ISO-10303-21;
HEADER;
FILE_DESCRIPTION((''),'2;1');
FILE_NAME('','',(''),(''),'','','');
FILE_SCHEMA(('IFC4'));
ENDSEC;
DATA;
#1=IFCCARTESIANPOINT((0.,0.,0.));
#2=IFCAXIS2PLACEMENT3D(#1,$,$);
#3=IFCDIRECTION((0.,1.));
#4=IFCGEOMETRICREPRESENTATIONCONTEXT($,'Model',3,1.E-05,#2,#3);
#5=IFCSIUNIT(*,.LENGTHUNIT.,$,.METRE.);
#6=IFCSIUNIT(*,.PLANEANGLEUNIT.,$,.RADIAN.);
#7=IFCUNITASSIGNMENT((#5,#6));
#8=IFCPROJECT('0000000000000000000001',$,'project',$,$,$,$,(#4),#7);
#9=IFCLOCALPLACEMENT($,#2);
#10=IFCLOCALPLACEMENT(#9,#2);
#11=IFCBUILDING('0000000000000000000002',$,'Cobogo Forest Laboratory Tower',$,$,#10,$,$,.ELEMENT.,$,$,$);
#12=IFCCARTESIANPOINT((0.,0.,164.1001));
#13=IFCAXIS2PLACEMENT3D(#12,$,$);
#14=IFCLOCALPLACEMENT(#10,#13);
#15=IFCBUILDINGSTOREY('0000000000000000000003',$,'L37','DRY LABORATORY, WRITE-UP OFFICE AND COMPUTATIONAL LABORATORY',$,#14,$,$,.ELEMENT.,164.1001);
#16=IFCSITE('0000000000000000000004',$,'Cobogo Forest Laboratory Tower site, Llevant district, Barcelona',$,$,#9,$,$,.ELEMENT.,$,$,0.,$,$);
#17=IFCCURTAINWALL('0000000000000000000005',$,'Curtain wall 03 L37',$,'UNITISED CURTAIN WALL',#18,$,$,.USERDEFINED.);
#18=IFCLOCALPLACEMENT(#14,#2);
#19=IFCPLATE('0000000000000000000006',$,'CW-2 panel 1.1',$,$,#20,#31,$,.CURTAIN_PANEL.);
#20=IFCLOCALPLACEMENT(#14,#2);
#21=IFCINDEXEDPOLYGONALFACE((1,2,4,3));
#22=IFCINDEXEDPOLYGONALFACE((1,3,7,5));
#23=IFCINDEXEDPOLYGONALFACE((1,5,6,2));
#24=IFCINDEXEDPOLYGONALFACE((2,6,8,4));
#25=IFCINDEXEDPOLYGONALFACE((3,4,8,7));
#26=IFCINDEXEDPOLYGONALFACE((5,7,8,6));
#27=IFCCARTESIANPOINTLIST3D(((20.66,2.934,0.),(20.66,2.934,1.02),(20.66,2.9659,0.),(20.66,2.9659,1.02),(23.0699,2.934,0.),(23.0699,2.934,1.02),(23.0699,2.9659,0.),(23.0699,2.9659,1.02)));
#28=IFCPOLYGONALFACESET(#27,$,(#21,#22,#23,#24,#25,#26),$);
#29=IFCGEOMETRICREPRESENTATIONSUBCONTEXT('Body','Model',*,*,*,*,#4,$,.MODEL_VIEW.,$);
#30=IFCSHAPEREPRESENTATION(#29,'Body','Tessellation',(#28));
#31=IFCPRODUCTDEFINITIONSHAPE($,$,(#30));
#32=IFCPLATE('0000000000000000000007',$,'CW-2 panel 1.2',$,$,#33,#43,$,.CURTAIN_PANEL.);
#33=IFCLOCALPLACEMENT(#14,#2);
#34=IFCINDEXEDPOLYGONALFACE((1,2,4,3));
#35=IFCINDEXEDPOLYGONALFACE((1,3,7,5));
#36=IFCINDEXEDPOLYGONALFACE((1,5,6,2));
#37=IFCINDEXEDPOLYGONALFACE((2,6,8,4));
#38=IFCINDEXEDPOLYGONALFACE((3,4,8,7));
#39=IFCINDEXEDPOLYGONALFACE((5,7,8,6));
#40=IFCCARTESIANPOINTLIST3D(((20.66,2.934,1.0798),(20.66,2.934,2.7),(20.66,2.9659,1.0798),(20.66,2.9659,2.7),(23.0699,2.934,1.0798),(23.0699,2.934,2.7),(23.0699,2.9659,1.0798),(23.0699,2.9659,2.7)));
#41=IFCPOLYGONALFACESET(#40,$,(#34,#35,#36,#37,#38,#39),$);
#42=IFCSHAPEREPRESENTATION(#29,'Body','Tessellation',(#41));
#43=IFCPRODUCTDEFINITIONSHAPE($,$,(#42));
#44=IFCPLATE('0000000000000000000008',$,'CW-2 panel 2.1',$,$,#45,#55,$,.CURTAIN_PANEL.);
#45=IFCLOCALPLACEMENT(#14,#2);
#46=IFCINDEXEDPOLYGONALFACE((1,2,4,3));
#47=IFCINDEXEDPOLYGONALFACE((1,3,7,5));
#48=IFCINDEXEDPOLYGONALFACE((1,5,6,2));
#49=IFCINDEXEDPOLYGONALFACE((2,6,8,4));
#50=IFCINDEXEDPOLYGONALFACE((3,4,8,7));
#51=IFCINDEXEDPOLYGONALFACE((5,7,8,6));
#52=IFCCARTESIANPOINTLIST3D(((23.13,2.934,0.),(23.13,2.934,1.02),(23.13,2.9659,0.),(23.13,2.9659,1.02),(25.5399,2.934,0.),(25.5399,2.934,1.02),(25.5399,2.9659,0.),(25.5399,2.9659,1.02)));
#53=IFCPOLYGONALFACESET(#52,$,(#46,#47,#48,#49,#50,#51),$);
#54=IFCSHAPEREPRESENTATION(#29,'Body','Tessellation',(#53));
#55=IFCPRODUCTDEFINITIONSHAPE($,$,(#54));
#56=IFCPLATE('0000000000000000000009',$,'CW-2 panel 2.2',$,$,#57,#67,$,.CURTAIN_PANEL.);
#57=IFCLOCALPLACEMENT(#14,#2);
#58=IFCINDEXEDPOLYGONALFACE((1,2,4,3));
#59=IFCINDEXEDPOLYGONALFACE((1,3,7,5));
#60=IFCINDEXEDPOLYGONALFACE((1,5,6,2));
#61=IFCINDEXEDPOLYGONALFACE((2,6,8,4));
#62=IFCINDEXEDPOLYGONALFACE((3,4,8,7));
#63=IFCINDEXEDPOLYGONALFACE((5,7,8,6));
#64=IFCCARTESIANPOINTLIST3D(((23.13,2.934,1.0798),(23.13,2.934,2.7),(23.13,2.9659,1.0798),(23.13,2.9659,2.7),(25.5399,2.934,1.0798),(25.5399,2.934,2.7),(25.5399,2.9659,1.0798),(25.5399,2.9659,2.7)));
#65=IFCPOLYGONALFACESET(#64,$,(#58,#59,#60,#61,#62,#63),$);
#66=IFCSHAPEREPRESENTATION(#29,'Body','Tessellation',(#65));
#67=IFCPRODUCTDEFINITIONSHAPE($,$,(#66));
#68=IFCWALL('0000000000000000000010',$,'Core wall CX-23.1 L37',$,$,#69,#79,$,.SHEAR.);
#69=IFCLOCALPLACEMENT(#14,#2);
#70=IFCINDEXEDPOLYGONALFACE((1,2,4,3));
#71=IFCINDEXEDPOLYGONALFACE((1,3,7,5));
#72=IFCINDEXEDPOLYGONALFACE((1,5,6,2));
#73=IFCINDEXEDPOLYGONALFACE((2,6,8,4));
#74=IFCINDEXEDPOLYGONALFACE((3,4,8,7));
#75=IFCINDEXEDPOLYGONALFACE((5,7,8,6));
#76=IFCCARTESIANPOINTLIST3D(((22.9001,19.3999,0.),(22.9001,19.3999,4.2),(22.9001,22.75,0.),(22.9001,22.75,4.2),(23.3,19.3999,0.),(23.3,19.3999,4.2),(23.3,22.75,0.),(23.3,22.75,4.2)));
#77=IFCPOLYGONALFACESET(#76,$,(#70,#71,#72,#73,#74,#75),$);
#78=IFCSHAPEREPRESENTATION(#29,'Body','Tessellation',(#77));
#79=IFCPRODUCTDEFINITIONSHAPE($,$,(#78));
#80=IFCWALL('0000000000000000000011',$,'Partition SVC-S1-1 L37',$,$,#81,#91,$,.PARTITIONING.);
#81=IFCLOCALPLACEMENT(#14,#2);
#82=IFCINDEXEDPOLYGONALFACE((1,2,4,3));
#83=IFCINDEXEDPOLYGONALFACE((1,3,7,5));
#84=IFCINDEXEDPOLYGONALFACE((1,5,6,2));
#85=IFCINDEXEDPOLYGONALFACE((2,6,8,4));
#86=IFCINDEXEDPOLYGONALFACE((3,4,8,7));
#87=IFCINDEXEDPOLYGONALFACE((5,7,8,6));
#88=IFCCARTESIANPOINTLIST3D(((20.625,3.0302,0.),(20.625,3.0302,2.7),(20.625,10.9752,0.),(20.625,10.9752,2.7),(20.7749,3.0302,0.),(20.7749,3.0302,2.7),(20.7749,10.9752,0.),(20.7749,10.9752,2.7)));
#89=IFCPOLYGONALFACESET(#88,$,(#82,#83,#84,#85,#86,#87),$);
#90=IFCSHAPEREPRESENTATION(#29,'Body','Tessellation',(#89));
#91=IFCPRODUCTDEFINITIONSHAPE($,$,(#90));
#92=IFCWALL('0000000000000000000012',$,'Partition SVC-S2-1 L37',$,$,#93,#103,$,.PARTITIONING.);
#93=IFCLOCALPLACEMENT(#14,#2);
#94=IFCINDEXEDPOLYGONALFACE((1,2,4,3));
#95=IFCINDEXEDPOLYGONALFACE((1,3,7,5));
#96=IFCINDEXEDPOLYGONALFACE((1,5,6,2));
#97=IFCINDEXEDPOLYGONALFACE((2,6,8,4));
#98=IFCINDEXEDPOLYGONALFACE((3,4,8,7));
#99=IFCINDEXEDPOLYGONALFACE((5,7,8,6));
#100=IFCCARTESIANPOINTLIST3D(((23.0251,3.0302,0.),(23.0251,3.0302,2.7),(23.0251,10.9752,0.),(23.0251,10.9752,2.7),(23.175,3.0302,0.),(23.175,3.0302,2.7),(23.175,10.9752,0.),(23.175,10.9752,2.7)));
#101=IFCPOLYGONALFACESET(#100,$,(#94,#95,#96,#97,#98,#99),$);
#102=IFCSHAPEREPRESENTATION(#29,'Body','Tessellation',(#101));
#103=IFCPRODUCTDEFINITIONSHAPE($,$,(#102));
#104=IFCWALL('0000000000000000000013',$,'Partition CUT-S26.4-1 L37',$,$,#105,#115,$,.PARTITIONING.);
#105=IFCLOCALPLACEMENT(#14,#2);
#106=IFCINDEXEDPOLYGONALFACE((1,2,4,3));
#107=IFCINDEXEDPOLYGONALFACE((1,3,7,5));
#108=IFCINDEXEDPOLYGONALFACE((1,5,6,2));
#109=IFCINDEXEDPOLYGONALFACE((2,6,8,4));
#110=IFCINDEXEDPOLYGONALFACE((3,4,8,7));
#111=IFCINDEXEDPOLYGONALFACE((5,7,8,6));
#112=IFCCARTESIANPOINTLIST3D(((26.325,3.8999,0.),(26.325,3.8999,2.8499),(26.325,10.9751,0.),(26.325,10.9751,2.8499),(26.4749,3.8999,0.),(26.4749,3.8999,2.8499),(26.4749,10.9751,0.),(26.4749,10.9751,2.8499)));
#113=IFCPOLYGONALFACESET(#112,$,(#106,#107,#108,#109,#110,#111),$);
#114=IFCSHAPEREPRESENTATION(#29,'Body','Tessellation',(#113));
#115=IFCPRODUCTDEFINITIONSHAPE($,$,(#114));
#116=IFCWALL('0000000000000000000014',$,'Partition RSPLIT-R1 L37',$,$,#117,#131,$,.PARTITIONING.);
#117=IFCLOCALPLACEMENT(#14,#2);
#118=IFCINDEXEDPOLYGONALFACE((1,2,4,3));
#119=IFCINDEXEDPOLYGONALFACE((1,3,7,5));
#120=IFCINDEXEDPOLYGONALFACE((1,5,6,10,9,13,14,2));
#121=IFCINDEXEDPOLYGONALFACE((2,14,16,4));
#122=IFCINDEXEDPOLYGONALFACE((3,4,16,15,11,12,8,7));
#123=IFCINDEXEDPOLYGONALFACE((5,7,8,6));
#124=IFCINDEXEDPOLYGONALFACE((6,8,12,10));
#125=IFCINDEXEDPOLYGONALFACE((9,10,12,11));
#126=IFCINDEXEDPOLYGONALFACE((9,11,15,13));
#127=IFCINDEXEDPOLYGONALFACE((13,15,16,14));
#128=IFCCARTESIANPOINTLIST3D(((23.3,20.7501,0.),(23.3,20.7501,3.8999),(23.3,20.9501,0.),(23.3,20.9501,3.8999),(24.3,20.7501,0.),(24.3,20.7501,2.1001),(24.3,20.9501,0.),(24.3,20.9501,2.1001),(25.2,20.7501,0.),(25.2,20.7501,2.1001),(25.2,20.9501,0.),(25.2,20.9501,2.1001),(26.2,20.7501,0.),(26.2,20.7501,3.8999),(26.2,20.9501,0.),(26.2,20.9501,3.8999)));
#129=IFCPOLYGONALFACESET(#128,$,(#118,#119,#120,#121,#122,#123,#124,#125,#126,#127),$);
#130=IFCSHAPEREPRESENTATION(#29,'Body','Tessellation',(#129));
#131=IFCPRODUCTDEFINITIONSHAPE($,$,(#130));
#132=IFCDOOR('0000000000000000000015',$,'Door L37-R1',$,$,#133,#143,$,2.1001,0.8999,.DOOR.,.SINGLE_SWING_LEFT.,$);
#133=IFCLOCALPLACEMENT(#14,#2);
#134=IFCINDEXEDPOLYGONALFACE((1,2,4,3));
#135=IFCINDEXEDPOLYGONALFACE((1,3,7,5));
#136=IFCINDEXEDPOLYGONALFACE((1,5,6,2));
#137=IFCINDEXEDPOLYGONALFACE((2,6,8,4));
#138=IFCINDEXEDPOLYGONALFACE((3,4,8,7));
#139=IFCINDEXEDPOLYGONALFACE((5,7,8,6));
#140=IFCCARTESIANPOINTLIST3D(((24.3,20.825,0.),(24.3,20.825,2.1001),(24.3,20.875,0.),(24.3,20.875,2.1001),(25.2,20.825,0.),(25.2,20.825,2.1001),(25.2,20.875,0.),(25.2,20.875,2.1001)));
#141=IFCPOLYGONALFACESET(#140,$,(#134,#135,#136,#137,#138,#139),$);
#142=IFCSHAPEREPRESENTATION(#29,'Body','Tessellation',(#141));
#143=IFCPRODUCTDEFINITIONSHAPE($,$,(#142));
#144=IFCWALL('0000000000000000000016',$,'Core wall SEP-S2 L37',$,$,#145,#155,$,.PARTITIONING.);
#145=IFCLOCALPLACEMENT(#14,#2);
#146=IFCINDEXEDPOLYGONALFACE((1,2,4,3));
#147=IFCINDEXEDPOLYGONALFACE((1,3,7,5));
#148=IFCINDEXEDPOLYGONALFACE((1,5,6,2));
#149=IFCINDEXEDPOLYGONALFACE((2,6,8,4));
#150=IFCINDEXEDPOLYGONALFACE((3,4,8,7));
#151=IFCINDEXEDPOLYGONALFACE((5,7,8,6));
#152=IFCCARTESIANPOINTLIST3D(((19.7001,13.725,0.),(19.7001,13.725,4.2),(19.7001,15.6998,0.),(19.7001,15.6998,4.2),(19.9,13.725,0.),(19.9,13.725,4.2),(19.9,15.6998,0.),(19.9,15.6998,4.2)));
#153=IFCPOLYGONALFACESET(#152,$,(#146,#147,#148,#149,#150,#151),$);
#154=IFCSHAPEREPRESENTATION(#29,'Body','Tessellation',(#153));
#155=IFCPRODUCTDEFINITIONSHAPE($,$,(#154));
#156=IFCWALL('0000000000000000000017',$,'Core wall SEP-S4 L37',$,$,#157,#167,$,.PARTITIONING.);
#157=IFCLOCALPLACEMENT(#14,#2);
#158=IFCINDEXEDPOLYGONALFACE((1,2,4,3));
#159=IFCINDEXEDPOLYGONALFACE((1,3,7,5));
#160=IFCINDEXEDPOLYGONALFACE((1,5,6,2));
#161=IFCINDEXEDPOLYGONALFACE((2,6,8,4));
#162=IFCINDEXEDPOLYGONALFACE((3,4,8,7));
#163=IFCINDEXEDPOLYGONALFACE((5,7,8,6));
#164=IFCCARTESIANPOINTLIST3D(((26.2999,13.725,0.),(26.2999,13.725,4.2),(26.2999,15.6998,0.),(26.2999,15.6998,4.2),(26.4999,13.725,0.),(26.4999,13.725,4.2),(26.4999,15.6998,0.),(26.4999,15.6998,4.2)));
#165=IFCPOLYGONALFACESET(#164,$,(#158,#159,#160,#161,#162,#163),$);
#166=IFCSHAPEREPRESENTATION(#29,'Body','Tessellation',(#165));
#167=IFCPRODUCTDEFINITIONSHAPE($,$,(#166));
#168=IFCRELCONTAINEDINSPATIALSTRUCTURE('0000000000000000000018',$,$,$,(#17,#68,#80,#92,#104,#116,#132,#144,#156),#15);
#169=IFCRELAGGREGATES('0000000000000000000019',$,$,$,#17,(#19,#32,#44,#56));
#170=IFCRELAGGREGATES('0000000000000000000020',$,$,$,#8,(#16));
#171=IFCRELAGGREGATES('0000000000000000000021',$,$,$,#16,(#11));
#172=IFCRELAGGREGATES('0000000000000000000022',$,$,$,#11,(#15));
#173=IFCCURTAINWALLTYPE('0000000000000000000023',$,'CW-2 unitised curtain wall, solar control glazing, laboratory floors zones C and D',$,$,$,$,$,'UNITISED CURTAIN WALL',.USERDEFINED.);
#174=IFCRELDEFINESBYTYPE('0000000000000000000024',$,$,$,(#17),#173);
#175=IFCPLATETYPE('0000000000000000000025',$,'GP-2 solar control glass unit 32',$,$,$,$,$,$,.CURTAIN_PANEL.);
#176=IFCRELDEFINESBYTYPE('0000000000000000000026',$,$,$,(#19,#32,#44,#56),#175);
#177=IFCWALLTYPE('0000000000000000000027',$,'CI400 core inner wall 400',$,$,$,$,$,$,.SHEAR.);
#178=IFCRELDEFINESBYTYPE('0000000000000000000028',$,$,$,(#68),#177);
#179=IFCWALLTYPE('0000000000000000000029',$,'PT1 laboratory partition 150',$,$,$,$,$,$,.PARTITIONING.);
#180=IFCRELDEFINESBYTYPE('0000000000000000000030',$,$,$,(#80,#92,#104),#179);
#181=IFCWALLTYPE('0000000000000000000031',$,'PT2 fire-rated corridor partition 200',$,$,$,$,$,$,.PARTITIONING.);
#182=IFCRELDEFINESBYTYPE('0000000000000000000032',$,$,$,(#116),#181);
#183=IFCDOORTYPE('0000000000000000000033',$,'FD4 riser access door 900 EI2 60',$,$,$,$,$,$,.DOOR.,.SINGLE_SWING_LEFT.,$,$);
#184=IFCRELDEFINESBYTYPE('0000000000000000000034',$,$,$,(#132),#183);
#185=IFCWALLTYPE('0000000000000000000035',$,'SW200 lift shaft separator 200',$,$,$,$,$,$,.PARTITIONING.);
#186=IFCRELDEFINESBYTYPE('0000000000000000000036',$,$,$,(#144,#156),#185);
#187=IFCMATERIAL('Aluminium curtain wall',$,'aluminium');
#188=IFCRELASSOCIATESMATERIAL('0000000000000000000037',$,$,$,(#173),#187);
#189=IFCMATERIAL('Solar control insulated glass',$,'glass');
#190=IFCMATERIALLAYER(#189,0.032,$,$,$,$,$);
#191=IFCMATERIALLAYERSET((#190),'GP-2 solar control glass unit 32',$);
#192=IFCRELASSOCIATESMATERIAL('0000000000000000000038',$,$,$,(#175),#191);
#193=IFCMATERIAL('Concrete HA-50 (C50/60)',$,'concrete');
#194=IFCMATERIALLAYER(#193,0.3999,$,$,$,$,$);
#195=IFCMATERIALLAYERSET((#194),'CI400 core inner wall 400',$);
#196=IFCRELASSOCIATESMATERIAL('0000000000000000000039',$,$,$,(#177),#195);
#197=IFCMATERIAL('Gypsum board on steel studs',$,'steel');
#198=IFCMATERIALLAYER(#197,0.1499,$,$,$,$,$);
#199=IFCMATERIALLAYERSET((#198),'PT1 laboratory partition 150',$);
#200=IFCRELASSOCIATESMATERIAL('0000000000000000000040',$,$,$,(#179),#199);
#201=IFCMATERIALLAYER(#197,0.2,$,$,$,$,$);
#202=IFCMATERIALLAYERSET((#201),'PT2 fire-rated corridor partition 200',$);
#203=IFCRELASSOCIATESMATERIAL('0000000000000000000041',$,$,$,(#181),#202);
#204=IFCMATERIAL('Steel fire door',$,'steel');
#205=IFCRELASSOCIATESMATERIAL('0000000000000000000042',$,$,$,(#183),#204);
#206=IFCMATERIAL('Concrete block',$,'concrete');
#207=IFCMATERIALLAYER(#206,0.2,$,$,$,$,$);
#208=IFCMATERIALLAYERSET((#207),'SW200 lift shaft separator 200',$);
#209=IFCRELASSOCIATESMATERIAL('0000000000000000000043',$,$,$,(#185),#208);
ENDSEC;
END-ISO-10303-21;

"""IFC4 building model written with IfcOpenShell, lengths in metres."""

from ifc_helpers import new_model, si_unit, direction, frame, frame_2d, origin, origin_2d, place, context, subcontext, project, spatial, rectangle, extrude, material, layer, layer_set, type_object, element, fill, aggregate, save


model = new_model("IFC4")

# Units and contexts
model_context = context("Model", 3, precision=1e-05, world=origin(), true_north=direction((0.0, 1.0)))
body_context = subcontext(model_context, "Body", "Model", "MODEL_VIEW")
ifc_project = project(units=[si_unit("LENGTHUNIT", "METRE"), si_unit("PLANEANGLEUNIT", "RADIAN")], contexts=[model_context])

# Site, building, storey
site_placement = place(None, origin())
site = spatial("IfcSite", under=ifc_project, at=site_placement, Name="Cobogo Forest Laboratory Tower site, Llevant district, Barcelona", CompositionType="ELEMENT", RefElevation=0.0)
building_placement = place(site_placement, origin())
building = spatial("IfcBuilding", under=site, at=building_placement, Name="Cobogo Forest Laboratory Tower", CompositionType="ELEMENT")
storey_placement = place(building_placement, frame((0.0, 0.0, 164.1001)))
storey = spatial("IfcBuildingStorey", under=building, at=storey_placement, Name="L37", Description="DRY LABORATORY, WRITE-UP OFFICE AND COMPUTATIONAL LABORATORY", CompositionType="ELEMENT", Elevation=164.1001)

# Shared definitions
ifc_material_1 = material(Name="Concrete HA-50 (C50/60)", Category="concrete")

# Shared definitions
ifc_material_2 = material(Name="Aluminium curtain wall", Category="aluminium")
curtain_wall_type = type_object("IfcCurtainWallType", Name="CW-2 unitised curtain wall, solar control glazing, laboratory floors zones C and D", ElementType="UNITISED CURTAIN WALL", PredefinedType="USERDEFINED", material=ifc_material_2)

# Curtain wall
curtain_wall_1_placement = place(storey_placement, origin())
curtain_wall_1 = element("IfcCurtainWall", 1, at=curtain_wall_1_placement, inside=storey, type_object=curtain_wall_type, Name="Curtain wall 03 L37", ObjectType="UNITISED CURTAIN WALL", PredefinedType="USERDEFINED")

# Plates
ifc_material_3 = material(Name="Solar control insulated glass", Category="glass")
ifc_layer_1 = layer(ifc_material_3, 0.032)
ifc_layer_set_1 = layer_set([ifc_layer_1], Name="GP-2 solar control glass unit 32")
plate_type_1 = type_object("IfcPlateType", Name="GP-2 solar control glass unit 32", PredefinedType="CURTAIN_PANEL", material=ifc_layer_set_1)
plate_1_placement = place(storey_placement, frame((21.865, 2.95, 0.0), z_axis=(0.0, 0.0, 1.0), x_axis=(1.0, 0.0, 0.0)))
plate_1 = element("IfcPlate", 2, at=plate_1_placement, type_object=plate_type_1, Name="CW-2 panel 1.1", PredefinedType="CURTAIN_PANEL", context=body_context, shape_type="SweptSolid", body=[
    extrude(rectangle(XDim=2.4099, YDim=0.032, at=origin_2d()), origin(), (0.0, 0.0, 1.0), 1.02),
])
plate_2_placement = place(storey_placement, frame((21.865, 2.95, 1.0798), z_axis=(0.0, 0.0, 1.0), x_axis=(1.0, 0.0, 0.0)))
plate_2 = element("IfcPlate", 3, at=plate_2_placement, type_object=plate_type_1, Name="CW-2 panel 1.2", PredefinedType="CURTAIN_PANEL", context=body_context, shape_type="SweptSolid", body=[
    extrude(rectangle(XDim=2.4099, YDim=0.032, at=origin_2d()), origin(), (0.0, 0.0, 1.0), 1.6201),
])
plate_3_placement = place(storey_placement, frame((24.335, 2.95, 0.0), z_axis=(0.0, 0.0, 1.0), x_axis=(1.0, 0.0, 0.0)))
plate_3 = element("IfcPlate", 4, at=plate_3_placement, type_object=plate_type_1, Name="CW-2 panel 2.1", PredefinedType="CURTAIN_PANEL", context=body_context, shape_type="SweptSolid", body=[
    extrude(rectangle(XDim=2.4099, YDim=0.032, at=origin_2d()), origin(), (0.0, 0.0, 1.0), 1.02),
])
plate_4_placement = place(storey_placement, frame((24.335, 2.95, 1.0798), z_axis=(0.0, 0.0, 1.0), x_axis=(1.0, 0.0, 0.0)))
plate_4 = element("IfcPlate", 5, at=plate_4_placement, type_object=plate_type_1, Name="CW-2 panel 2.2", PredefinedType="CURTAIN_PANEL", context=body_context, shape_type="SweptSolid", body=[
    extrude(rectangle(XDim=2.4099, YDim=0.032, at=origin_2d()), origin(), (0.0, 0.0, 1.0), 1.6201),
])
aggregate(curtain_wall_1, [plate_1, plate_2, plate_3, plate_4])

# Walls
ifc_layer_2 = layer(ifc_material_1, 0.3999)
ifc_layer_set_2 = layer_set([ifc_layer_2], Name="CI400 core inner wall 400")
wall_type_1 = type_object("IfcWallType", Name="CI400 core inner wall 400", PredefinedType="SHEAR", material=ifc_layer_set_2)
wall_1_placement = place(storey_placement, frame((23.1001, 19.3999, 0.0), z_axis=(0.0, 0.0, 1.0), x_axis=(0.0, 1.0, 0.0)))
element("IfcWall", 6, at=wall_1_placement, inside=storey, type_object=wall_type_1, Name="Core wall CX-23.1 L37", PredefinedType="SHEAR", context=body_context, shape_type="SweptSolid", body=[
    extrude(rectangle(XDim=3.3501, YDim=0.3999, at=frame_2d((1.675, 0.0))), origin(), (0.0, 0.0, 1.0), 4.2),
])
ifc_material_4 = material(Name="Gypsum board on steel studs", Category="steel")
ifc_layer_3 = layer(ifc_material_4, 0.1499)
ifc_layer_set_3 = layer_set([ifc_layer_3], Name="PT1 laboratory partition 150")
wall_type_2 = type_object("IfcWallType", Name="PT1 laboratory partition 150", PredefinedType="PARTITIONING", material=ifc_layer_set_3)
for number, where, z_axis, x_axis, name in (
    (7, (20.7, 3.03, 0.0), (0.0, 0.0, 1.0), (0.0, 1.0, 0.0), "Partition SVC-S1-1 L37"),
    (8, (23.1001, 3.03, 0.0), (0.0, 0.0, 1.0), (0.0, 1.0, 0.0), "Partition SVC-S2-1 L37"),
):
    element("IfcWall", number, at=place(storey_placement, frame(where, z_axis=z_axis, x_axis=x_axis)), inside=storey, type_object=wall_type_2, Name=name, PredefinedType="PARTITIONING", context=body_context, shape_type="SweptSolid", body=[
        extrude(rectangle(XDim=7.9451, YDim=0.1499, at=frame_2d((3.9727, 0.0))), origin(), (0.0, 0.0, 1.0), 2.7),
    ])
wall_2_placement = place(storey_placement, frame((26.3999, 3.8999, 0.0), z_axis=(0.0, 0.0, 1.0), x_axis=(0.0, 1.0, 0.0)))
element("IfcWall", 9, at=wall_2_placement, inside=storey, type_object=wall_type_2, Name="Partition CUT-S26.4-1 L37", PredefinedType="PARTITIONING", context=body_context, shape_type="SweptSolid", body=[
    extrude(rectangle(XDim=7.0752, YDim=0.1499, at=frame_2d((3.5376, 0.0))), origin(), (0.0, 0.0, 1.0), 2.8499),
])

# Wall, opening, door
ifc_layer_4 = layer(ifc_material_4, 0.2)
ifc_layer_set_4 = layer_set([ifc_layer_4], Name="PT2 fire-rated corridor partition 200")
wall_type_3 = type_object("IfcWallType", Name="PT2 fire-rated corridor partition 200", PredefinedType="PARTITIONING", material=ifc_layer_set_4)
wall_3_placement = place(storey_placement, frame((23.3, 20.8501, 0.0), z_axis=(0.0, 0.0, 1.0), x_axis=(1.0, 0.0, 0.0)))
wall_3 = element("IfcWall", 10, at=wall_3_placement, inside=storey, type_object=wall_type_3, Name="Partition RSPLIT-R1 L37", PredefinedType="PARTITIONING", context=body_context, shape_type="SweptSolid", body=[
    extrude(rectangle(XDim=2.8999, YDim=0.2, at=frame_2d((1.45, 0.0))), origin(), (0.0, 0.0, 1.0), 3.8999),
])
opening_placement = place(wall_3_placement, frame((1.0, 0.0, 0.0)))
opening = element("IfcOpeningElement", 11, at=opening_placement, cuts=wall_3, PredefinedType="OPENING", context=body_context, shape_type="SweptSolid", body=[
    extrude(rectangle(XDim=0.8999, YDim=2.1001, at=frame_2d((0.45, 1.05))), frame((0.0, 0.1099, 0.0), z_axis=(0.0, -1.0, 0.0), x_axis=(1.0, 0.0, 0.0)), (0.0, 0.0, 1.0), 0.22),
])
ifc_material_5 = material(Name="Steel fire door", Category="steel")
door_type = type_object("IfcDoorType", Name="FD4 riser access door 900 EI2 60", OperationType="SINGLE_SWING_LEFT", PredefinedType="DOOR", material=ifc_material_5)
door_placement = place(opening_placement, origin())
door = element("IfcDoor", 12, at=door_placement, inside=storey, type_object=door_type, Name="Door L37-R1", OperationType="SINGLE_SWING_LEFT", OverallHeight=2.1001, OverallWidth=0.8999, PredefinedType="DOOR", context=body_context, shape_type="SweptSolid", body=[
    extrude(rectangle(XDim=0.8999, YDim=2.1001, at=frame_2d((0.45, 1.05))), frame((0.0, 0.0249, 0.0), z_axis=(0.0, -1.0, 0.0), x_axis=(1.0, 0.0, 0.0)), (0.0, 0.0, 1.0), 0.05),
])
fill(opening, door)

# Walls
ifc_material_6 = material(Name="Concrete block", Category="concrete")
ifc_layer_5 = layer(ifc_material_6, 0.2)
ifc_layer_set_5 = layer_set([ifc_layer_5], Name="SW200 lift shaft separator 200")
wall_type_4 = type_object("IfcWallType", Name="SW200 lift shaft separator 200", PredefinedType="PARTITIONING", material=ifc_layer_set_5)
for number, where, z_axis, x_axis, name in (
    (13, (19.8, 13.7251, 0.0), (0.0, 0.0, 1.0), (0.0, 1.0, 0.0), "Core wall SEP-S2 L37"),
    (14, (26.3999, 13.7251, 0.0), (0.0, 0.0, 1.0), (0.0, 1.0, 0.0), "Core wall SEP-S4 L37"),
):
    element("IfcWall", number, at=place(storey_placement, frame(where, z_axis=z_axis, x_axis=x_axis)), inside=storey, type_object=wall_type_4, Name=name, PredefinedType="PARTITIONING", context=body_context, shape_type="SweptSolid", body=[
        extrude(rectangle(XDim=1.9749, YDim=0.2, at=frame_2d((0.9873, 0.0))), origin(), (0.0, 0.0, 1.0), 4.2),
    ])

save(model, "model.ifc")
